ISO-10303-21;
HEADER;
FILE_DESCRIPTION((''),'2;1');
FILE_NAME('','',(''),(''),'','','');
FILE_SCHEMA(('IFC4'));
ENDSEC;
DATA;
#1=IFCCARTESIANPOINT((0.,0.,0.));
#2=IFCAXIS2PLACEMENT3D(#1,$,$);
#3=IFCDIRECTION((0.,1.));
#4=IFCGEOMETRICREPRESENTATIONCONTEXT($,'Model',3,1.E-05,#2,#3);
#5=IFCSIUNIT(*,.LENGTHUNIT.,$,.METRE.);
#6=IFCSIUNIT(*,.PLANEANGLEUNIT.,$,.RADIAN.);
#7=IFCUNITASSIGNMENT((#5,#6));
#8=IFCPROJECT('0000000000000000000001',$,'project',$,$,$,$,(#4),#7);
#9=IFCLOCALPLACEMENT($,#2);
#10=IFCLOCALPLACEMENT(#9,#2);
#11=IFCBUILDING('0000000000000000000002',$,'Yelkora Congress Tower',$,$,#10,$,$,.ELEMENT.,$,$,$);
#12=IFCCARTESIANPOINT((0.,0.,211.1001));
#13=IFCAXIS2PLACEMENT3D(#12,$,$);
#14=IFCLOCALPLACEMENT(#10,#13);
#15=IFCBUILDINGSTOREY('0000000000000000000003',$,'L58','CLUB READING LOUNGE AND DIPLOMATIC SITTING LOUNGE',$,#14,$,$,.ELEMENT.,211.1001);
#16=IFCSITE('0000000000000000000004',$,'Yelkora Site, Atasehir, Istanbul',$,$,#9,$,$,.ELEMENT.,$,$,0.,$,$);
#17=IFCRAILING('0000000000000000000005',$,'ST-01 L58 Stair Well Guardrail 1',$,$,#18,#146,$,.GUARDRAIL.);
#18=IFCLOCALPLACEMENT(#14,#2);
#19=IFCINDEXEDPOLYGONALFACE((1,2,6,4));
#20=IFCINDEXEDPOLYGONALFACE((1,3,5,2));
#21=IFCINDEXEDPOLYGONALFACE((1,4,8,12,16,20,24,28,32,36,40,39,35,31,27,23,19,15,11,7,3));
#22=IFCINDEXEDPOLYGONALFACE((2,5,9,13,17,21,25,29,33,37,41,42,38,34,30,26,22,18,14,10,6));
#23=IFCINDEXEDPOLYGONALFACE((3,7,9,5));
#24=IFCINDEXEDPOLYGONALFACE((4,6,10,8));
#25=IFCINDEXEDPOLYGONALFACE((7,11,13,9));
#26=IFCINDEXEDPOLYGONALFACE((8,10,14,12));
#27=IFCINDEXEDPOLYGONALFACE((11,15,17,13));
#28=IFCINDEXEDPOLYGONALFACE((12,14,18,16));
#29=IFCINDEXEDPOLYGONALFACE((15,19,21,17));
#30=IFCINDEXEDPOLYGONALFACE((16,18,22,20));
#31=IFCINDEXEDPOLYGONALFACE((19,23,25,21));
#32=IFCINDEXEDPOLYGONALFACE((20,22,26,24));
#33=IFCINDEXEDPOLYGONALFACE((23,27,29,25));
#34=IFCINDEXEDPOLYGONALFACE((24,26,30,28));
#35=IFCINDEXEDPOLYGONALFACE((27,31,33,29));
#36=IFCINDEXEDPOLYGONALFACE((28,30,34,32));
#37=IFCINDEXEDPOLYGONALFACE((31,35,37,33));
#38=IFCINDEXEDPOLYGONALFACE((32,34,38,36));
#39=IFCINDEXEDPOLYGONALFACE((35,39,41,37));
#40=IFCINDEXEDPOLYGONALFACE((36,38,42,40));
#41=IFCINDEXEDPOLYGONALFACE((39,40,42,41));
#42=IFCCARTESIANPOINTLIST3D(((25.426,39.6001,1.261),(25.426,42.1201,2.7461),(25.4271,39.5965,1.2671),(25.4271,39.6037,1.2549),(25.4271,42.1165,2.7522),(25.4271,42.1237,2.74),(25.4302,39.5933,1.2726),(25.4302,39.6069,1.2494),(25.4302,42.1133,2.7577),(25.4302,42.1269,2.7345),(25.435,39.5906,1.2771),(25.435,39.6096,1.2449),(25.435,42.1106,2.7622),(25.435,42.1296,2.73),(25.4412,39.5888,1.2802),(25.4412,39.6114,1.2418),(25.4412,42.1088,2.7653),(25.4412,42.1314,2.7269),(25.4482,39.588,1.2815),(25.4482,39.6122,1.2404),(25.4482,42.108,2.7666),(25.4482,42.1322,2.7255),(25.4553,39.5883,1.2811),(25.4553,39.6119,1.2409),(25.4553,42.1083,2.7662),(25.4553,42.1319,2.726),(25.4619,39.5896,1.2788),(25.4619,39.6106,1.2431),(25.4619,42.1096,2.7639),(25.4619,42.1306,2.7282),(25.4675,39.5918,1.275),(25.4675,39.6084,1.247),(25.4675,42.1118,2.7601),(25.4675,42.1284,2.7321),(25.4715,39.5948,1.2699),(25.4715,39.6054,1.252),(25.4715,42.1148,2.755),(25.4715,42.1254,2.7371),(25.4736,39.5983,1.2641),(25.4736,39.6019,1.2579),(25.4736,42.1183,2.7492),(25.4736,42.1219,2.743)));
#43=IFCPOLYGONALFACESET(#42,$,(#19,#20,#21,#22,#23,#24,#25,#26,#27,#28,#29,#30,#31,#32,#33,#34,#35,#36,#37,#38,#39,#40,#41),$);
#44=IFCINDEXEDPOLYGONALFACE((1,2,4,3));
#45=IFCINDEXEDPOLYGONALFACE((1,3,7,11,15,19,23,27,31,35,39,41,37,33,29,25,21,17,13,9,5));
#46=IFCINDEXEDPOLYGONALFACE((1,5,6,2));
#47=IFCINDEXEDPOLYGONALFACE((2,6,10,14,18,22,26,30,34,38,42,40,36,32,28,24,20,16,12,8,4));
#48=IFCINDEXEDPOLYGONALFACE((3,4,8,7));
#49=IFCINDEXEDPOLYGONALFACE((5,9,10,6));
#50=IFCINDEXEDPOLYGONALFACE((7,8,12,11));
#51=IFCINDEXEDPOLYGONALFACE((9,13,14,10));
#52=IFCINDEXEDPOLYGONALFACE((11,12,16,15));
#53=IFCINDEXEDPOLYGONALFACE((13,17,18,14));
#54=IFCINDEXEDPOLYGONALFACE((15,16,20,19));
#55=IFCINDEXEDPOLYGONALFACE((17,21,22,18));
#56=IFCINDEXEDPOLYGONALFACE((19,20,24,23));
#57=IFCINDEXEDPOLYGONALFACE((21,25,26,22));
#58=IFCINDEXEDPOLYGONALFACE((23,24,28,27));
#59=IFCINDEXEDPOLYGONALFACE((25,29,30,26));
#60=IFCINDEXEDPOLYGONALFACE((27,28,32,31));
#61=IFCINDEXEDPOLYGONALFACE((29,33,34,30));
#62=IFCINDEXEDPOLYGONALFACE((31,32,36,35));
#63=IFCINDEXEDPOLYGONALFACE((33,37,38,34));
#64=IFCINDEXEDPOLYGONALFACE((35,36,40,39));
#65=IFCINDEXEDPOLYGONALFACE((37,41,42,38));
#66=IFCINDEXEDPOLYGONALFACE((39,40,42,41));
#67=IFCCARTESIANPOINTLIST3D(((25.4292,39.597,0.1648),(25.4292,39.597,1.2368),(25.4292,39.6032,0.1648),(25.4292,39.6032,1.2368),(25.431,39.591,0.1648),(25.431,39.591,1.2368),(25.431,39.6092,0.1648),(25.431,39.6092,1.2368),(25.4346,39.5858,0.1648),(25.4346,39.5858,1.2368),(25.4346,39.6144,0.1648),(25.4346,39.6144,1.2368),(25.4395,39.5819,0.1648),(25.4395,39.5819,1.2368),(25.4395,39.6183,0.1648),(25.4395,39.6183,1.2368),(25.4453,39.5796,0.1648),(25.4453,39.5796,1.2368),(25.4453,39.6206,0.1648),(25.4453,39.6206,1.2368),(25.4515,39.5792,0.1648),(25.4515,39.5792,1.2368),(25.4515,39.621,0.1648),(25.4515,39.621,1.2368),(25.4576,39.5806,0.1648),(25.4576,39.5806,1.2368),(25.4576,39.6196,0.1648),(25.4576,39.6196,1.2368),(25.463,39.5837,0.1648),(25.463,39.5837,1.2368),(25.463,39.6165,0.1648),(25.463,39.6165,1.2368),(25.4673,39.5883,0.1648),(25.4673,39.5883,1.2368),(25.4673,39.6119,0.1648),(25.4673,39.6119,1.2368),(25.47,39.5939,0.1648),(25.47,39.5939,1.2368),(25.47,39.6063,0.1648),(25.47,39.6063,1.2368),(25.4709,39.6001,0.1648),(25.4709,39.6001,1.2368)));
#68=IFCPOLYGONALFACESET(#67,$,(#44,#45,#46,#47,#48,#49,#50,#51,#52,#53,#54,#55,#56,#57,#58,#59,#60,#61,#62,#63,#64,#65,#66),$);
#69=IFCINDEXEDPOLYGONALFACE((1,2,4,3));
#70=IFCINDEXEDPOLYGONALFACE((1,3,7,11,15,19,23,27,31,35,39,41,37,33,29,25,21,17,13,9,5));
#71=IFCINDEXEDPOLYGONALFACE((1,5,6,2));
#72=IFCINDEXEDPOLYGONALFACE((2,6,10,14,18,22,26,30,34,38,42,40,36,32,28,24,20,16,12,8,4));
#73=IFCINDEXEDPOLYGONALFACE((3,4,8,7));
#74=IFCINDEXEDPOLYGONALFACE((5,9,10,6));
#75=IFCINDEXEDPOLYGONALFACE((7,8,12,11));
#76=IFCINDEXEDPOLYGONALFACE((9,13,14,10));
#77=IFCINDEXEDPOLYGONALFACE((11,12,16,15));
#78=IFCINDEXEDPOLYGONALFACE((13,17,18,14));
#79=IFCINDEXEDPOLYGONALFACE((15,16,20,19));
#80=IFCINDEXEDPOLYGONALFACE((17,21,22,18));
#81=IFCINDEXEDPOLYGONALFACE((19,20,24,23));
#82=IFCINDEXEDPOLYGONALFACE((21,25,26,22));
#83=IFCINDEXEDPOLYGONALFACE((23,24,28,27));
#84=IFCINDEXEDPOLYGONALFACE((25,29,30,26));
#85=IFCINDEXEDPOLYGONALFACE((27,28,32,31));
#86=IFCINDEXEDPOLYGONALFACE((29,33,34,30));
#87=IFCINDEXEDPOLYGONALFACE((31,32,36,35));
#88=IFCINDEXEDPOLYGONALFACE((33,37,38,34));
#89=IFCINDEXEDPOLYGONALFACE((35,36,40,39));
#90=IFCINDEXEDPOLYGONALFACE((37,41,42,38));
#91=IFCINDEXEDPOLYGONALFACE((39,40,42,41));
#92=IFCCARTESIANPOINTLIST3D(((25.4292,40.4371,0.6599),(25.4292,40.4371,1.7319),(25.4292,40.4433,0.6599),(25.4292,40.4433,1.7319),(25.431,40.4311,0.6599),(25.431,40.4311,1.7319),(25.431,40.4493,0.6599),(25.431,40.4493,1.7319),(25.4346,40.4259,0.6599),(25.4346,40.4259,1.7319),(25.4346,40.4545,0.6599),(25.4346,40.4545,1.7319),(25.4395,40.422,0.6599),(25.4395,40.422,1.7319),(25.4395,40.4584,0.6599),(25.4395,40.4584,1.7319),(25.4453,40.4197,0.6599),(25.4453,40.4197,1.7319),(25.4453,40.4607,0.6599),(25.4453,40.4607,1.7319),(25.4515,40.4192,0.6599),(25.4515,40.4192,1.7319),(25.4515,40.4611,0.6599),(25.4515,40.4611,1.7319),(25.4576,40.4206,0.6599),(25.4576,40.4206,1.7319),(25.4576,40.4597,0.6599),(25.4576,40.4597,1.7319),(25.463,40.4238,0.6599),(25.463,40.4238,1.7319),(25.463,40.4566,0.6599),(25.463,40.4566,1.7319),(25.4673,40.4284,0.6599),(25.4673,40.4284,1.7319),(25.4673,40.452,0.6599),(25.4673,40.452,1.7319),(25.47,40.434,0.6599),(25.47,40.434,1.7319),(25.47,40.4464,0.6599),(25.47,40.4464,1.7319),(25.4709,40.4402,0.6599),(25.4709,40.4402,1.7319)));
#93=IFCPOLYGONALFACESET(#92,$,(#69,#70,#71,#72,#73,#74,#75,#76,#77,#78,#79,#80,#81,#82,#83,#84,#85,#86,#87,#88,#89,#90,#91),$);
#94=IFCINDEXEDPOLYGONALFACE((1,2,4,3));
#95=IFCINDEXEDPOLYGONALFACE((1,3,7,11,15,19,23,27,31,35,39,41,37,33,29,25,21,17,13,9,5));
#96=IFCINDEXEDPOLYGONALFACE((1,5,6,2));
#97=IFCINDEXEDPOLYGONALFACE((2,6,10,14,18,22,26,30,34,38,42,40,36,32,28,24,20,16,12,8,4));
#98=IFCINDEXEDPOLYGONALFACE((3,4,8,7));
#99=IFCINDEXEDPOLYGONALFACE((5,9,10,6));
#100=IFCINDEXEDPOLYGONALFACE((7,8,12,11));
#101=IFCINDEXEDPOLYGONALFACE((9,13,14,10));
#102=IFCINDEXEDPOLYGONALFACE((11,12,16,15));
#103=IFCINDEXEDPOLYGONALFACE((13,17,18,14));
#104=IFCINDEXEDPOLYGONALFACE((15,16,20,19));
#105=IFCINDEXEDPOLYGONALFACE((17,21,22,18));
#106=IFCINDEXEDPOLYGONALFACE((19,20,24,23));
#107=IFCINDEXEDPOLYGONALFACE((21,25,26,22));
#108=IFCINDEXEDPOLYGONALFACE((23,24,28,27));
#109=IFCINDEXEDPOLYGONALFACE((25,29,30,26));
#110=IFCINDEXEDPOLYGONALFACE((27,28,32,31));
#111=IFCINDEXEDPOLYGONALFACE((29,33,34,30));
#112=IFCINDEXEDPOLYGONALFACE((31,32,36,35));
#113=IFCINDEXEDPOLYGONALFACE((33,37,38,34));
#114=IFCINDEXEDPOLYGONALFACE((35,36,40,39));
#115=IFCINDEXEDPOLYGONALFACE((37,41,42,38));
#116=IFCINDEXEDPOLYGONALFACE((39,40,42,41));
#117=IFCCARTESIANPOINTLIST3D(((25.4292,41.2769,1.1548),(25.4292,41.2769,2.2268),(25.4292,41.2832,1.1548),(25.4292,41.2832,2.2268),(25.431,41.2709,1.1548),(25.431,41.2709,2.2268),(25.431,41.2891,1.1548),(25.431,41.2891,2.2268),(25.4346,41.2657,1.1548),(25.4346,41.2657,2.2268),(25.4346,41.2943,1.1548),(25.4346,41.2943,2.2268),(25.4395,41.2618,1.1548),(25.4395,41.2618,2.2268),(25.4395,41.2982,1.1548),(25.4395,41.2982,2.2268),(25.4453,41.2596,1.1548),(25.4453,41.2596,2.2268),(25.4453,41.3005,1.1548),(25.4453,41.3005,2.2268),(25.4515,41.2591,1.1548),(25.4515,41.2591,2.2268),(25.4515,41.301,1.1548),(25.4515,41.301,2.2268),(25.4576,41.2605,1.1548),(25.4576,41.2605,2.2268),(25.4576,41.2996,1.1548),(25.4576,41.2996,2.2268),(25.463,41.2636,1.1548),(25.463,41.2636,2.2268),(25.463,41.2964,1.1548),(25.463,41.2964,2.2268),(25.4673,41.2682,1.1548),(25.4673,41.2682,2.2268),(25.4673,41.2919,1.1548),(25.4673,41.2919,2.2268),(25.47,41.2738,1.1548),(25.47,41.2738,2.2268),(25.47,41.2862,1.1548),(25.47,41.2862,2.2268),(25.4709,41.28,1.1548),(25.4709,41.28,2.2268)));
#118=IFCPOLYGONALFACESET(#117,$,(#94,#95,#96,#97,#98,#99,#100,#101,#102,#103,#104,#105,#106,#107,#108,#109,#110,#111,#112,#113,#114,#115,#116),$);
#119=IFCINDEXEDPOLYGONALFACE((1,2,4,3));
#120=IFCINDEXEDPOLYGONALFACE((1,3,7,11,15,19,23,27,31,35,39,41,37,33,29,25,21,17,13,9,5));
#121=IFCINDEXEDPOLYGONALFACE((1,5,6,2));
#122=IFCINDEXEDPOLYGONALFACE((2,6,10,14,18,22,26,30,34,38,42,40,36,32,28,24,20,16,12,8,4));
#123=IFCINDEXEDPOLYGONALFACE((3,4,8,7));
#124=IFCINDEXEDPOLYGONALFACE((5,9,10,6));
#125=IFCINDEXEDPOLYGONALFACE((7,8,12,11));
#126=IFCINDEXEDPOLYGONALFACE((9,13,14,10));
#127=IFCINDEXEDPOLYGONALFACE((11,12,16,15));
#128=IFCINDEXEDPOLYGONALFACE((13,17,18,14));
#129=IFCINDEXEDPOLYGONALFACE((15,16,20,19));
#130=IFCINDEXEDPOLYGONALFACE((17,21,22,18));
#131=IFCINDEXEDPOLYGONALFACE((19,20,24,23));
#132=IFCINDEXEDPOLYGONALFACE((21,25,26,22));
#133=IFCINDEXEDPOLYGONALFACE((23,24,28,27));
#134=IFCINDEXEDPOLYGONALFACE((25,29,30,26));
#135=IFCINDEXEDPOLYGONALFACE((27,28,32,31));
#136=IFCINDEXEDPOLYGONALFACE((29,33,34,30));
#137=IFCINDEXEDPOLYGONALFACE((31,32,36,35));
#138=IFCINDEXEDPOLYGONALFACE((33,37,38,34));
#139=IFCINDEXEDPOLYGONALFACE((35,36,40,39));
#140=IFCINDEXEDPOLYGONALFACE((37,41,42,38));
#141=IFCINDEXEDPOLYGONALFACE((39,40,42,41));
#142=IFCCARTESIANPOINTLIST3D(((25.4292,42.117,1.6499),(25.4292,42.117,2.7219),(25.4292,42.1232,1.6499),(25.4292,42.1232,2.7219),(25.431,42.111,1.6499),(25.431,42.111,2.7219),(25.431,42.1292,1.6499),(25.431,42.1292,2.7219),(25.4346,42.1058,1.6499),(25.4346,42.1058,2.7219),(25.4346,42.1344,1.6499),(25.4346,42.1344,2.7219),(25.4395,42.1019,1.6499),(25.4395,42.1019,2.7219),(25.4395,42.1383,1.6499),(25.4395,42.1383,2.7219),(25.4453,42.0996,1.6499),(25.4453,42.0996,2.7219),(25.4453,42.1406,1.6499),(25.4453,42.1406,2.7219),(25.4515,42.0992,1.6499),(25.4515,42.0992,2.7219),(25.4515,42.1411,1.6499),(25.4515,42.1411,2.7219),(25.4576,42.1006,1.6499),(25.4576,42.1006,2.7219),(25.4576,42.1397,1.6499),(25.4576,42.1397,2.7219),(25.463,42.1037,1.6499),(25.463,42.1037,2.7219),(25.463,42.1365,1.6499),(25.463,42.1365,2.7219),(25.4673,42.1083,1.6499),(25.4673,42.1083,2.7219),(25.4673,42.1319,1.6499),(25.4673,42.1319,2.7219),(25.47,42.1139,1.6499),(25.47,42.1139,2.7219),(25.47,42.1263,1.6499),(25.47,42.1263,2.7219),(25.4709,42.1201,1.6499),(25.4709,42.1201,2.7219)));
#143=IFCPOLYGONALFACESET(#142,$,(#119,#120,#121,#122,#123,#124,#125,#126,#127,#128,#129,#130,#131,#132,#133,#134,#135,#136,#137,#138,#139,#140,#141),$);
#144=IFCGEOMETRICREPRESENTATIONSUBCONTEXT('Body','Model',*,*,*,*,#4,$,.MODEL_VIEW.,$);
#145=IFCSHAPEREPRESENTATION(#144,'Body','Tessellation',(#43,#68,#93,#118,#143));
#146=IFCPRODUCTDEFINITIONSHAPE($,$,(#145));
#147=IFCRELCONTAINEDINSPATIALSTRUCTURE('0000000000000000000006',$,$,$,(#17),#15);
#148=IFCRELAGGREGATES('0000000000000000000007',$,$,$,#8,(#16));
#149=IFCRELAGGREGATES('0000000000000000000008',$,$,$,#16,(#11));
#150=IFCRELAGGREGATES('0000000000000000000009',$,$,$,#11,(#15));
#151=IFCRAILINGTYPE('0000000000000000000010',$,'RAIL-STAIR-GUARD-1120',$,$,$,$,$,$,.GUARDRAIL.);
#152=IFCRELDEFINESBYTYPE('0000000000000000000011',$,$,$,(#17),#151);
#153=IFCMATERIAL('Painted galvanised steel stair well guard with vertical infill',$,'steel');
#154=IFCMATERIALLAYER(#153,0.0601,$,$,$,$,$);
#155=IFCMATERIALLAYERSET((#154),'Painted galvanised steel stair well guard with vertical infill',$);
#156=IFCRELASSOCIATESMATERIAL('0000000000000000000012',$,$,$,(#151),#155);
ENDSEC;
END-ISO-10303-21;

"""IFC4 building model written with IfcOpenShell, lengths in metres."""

from ifc_helpers import new_model, si_unit, direction, frame, origin, origin_2d, place, context, subcontext, project, spatial, circle, extrude, material, layer, layer_set, type_object, element, save


model = new_model("IFC4")

# Units and contexts
model_context = context("Model", 3, precision=1e-05, world=origin(), true_north=direction((0.0, 1.0)))
body_context = subcontext(model_context, "Body", "Model", "MODEL_VIEW")
ifc_project = project(units=[si_unit("LENGTHUNIT", "METRE"), si_unit("PLANEANGLEUNIT", "RADIAN")], contexts=[model_context])

# Site, building, storey
site_placement = place(None, origin())
site = spatial("IfcSite", under=ifc_project, at=site_placement, Name="Yelkora Site, Atasehir, Istanbul", CompositionType="ELEMENT", RefElevation=0.0)
building_placement = place(site_placement, origin())
building = spatial("IfcBuilding", under=site, at=building_placement, Name="Yelkora Congress Tower", CompositionType="ELEMENT")
storey_placement = place(building_placement, frame((0.0, 0.0, 211.1001)))
storey = spatial("IfcBuildingStorey", under=building, at=storey_placement, Name="L58", Description="CLUB READING LOUNGE AND DIPLOMATIC SITTING LOUNGE", CompositionType="ELEMENT", Elevation=211.1001)

# Railing
ifc_material_1 = material(Name="Painted galvanised steel stair well guard with vertical infill", Category="steel")
ifc_layer_1 = layer(ifc_material_1, 0.0601)
ifc_layer_set_1 = layer_set([ifc_layer_1], Name="Painted galvanised steel stair well guard with vertical infill")
railing_type_1 = type_object("IfcRailingType", Name="RAIL-STAIR-GUARD-1120", PredefinedType="GUARDRAIL", material=ifc_layer_set_1)
railing_1_placement = place(storey_placement, frame((25.45, 39.6001, 0.1648)))
element("IfcRailing", 1, at=railing_1_placement, inside=storey, type_object=railing_type_1, Name="ST-01 L58 Stair Well Guardrail 1", PredefinedType="GUARDRAIL", context=body_context, shape_type="SweptSolid", body=[
    extrude(circle(Radius=0.0239, at=origin_2d()), frame((0.0, 0.0, 1.0962), z_axis=(0.0, 0.861524, 0.507717), x_axis=(-1.0, 0.0, 0.0)), (0.0, 0.0, 1.0), 2.925),
    extrude(circle(Radius=0.021, at=origin_2d()), origin(), (0.0, 0.0, 1.0), 1.072),
    extrude(circle(Radius=0.021, at=origin_2d()), frame((0.0, 0.8401, 0.4951)), (0.0, 0.0, 1.0), 1.072),
    extrude(circle(Radius=0.021, at=origin_2d()), frame((0.0, 1.6799, 0.99)), (0.0, 0.0, 1.0), 1.072),
    extrude(circle(Radius=0.021, at=origin_2d()), frame((0.0, 2.52, 1.4851)), (0.0, 0.0, 1.0), 1.072),
])

save(model, "model.ifc")
